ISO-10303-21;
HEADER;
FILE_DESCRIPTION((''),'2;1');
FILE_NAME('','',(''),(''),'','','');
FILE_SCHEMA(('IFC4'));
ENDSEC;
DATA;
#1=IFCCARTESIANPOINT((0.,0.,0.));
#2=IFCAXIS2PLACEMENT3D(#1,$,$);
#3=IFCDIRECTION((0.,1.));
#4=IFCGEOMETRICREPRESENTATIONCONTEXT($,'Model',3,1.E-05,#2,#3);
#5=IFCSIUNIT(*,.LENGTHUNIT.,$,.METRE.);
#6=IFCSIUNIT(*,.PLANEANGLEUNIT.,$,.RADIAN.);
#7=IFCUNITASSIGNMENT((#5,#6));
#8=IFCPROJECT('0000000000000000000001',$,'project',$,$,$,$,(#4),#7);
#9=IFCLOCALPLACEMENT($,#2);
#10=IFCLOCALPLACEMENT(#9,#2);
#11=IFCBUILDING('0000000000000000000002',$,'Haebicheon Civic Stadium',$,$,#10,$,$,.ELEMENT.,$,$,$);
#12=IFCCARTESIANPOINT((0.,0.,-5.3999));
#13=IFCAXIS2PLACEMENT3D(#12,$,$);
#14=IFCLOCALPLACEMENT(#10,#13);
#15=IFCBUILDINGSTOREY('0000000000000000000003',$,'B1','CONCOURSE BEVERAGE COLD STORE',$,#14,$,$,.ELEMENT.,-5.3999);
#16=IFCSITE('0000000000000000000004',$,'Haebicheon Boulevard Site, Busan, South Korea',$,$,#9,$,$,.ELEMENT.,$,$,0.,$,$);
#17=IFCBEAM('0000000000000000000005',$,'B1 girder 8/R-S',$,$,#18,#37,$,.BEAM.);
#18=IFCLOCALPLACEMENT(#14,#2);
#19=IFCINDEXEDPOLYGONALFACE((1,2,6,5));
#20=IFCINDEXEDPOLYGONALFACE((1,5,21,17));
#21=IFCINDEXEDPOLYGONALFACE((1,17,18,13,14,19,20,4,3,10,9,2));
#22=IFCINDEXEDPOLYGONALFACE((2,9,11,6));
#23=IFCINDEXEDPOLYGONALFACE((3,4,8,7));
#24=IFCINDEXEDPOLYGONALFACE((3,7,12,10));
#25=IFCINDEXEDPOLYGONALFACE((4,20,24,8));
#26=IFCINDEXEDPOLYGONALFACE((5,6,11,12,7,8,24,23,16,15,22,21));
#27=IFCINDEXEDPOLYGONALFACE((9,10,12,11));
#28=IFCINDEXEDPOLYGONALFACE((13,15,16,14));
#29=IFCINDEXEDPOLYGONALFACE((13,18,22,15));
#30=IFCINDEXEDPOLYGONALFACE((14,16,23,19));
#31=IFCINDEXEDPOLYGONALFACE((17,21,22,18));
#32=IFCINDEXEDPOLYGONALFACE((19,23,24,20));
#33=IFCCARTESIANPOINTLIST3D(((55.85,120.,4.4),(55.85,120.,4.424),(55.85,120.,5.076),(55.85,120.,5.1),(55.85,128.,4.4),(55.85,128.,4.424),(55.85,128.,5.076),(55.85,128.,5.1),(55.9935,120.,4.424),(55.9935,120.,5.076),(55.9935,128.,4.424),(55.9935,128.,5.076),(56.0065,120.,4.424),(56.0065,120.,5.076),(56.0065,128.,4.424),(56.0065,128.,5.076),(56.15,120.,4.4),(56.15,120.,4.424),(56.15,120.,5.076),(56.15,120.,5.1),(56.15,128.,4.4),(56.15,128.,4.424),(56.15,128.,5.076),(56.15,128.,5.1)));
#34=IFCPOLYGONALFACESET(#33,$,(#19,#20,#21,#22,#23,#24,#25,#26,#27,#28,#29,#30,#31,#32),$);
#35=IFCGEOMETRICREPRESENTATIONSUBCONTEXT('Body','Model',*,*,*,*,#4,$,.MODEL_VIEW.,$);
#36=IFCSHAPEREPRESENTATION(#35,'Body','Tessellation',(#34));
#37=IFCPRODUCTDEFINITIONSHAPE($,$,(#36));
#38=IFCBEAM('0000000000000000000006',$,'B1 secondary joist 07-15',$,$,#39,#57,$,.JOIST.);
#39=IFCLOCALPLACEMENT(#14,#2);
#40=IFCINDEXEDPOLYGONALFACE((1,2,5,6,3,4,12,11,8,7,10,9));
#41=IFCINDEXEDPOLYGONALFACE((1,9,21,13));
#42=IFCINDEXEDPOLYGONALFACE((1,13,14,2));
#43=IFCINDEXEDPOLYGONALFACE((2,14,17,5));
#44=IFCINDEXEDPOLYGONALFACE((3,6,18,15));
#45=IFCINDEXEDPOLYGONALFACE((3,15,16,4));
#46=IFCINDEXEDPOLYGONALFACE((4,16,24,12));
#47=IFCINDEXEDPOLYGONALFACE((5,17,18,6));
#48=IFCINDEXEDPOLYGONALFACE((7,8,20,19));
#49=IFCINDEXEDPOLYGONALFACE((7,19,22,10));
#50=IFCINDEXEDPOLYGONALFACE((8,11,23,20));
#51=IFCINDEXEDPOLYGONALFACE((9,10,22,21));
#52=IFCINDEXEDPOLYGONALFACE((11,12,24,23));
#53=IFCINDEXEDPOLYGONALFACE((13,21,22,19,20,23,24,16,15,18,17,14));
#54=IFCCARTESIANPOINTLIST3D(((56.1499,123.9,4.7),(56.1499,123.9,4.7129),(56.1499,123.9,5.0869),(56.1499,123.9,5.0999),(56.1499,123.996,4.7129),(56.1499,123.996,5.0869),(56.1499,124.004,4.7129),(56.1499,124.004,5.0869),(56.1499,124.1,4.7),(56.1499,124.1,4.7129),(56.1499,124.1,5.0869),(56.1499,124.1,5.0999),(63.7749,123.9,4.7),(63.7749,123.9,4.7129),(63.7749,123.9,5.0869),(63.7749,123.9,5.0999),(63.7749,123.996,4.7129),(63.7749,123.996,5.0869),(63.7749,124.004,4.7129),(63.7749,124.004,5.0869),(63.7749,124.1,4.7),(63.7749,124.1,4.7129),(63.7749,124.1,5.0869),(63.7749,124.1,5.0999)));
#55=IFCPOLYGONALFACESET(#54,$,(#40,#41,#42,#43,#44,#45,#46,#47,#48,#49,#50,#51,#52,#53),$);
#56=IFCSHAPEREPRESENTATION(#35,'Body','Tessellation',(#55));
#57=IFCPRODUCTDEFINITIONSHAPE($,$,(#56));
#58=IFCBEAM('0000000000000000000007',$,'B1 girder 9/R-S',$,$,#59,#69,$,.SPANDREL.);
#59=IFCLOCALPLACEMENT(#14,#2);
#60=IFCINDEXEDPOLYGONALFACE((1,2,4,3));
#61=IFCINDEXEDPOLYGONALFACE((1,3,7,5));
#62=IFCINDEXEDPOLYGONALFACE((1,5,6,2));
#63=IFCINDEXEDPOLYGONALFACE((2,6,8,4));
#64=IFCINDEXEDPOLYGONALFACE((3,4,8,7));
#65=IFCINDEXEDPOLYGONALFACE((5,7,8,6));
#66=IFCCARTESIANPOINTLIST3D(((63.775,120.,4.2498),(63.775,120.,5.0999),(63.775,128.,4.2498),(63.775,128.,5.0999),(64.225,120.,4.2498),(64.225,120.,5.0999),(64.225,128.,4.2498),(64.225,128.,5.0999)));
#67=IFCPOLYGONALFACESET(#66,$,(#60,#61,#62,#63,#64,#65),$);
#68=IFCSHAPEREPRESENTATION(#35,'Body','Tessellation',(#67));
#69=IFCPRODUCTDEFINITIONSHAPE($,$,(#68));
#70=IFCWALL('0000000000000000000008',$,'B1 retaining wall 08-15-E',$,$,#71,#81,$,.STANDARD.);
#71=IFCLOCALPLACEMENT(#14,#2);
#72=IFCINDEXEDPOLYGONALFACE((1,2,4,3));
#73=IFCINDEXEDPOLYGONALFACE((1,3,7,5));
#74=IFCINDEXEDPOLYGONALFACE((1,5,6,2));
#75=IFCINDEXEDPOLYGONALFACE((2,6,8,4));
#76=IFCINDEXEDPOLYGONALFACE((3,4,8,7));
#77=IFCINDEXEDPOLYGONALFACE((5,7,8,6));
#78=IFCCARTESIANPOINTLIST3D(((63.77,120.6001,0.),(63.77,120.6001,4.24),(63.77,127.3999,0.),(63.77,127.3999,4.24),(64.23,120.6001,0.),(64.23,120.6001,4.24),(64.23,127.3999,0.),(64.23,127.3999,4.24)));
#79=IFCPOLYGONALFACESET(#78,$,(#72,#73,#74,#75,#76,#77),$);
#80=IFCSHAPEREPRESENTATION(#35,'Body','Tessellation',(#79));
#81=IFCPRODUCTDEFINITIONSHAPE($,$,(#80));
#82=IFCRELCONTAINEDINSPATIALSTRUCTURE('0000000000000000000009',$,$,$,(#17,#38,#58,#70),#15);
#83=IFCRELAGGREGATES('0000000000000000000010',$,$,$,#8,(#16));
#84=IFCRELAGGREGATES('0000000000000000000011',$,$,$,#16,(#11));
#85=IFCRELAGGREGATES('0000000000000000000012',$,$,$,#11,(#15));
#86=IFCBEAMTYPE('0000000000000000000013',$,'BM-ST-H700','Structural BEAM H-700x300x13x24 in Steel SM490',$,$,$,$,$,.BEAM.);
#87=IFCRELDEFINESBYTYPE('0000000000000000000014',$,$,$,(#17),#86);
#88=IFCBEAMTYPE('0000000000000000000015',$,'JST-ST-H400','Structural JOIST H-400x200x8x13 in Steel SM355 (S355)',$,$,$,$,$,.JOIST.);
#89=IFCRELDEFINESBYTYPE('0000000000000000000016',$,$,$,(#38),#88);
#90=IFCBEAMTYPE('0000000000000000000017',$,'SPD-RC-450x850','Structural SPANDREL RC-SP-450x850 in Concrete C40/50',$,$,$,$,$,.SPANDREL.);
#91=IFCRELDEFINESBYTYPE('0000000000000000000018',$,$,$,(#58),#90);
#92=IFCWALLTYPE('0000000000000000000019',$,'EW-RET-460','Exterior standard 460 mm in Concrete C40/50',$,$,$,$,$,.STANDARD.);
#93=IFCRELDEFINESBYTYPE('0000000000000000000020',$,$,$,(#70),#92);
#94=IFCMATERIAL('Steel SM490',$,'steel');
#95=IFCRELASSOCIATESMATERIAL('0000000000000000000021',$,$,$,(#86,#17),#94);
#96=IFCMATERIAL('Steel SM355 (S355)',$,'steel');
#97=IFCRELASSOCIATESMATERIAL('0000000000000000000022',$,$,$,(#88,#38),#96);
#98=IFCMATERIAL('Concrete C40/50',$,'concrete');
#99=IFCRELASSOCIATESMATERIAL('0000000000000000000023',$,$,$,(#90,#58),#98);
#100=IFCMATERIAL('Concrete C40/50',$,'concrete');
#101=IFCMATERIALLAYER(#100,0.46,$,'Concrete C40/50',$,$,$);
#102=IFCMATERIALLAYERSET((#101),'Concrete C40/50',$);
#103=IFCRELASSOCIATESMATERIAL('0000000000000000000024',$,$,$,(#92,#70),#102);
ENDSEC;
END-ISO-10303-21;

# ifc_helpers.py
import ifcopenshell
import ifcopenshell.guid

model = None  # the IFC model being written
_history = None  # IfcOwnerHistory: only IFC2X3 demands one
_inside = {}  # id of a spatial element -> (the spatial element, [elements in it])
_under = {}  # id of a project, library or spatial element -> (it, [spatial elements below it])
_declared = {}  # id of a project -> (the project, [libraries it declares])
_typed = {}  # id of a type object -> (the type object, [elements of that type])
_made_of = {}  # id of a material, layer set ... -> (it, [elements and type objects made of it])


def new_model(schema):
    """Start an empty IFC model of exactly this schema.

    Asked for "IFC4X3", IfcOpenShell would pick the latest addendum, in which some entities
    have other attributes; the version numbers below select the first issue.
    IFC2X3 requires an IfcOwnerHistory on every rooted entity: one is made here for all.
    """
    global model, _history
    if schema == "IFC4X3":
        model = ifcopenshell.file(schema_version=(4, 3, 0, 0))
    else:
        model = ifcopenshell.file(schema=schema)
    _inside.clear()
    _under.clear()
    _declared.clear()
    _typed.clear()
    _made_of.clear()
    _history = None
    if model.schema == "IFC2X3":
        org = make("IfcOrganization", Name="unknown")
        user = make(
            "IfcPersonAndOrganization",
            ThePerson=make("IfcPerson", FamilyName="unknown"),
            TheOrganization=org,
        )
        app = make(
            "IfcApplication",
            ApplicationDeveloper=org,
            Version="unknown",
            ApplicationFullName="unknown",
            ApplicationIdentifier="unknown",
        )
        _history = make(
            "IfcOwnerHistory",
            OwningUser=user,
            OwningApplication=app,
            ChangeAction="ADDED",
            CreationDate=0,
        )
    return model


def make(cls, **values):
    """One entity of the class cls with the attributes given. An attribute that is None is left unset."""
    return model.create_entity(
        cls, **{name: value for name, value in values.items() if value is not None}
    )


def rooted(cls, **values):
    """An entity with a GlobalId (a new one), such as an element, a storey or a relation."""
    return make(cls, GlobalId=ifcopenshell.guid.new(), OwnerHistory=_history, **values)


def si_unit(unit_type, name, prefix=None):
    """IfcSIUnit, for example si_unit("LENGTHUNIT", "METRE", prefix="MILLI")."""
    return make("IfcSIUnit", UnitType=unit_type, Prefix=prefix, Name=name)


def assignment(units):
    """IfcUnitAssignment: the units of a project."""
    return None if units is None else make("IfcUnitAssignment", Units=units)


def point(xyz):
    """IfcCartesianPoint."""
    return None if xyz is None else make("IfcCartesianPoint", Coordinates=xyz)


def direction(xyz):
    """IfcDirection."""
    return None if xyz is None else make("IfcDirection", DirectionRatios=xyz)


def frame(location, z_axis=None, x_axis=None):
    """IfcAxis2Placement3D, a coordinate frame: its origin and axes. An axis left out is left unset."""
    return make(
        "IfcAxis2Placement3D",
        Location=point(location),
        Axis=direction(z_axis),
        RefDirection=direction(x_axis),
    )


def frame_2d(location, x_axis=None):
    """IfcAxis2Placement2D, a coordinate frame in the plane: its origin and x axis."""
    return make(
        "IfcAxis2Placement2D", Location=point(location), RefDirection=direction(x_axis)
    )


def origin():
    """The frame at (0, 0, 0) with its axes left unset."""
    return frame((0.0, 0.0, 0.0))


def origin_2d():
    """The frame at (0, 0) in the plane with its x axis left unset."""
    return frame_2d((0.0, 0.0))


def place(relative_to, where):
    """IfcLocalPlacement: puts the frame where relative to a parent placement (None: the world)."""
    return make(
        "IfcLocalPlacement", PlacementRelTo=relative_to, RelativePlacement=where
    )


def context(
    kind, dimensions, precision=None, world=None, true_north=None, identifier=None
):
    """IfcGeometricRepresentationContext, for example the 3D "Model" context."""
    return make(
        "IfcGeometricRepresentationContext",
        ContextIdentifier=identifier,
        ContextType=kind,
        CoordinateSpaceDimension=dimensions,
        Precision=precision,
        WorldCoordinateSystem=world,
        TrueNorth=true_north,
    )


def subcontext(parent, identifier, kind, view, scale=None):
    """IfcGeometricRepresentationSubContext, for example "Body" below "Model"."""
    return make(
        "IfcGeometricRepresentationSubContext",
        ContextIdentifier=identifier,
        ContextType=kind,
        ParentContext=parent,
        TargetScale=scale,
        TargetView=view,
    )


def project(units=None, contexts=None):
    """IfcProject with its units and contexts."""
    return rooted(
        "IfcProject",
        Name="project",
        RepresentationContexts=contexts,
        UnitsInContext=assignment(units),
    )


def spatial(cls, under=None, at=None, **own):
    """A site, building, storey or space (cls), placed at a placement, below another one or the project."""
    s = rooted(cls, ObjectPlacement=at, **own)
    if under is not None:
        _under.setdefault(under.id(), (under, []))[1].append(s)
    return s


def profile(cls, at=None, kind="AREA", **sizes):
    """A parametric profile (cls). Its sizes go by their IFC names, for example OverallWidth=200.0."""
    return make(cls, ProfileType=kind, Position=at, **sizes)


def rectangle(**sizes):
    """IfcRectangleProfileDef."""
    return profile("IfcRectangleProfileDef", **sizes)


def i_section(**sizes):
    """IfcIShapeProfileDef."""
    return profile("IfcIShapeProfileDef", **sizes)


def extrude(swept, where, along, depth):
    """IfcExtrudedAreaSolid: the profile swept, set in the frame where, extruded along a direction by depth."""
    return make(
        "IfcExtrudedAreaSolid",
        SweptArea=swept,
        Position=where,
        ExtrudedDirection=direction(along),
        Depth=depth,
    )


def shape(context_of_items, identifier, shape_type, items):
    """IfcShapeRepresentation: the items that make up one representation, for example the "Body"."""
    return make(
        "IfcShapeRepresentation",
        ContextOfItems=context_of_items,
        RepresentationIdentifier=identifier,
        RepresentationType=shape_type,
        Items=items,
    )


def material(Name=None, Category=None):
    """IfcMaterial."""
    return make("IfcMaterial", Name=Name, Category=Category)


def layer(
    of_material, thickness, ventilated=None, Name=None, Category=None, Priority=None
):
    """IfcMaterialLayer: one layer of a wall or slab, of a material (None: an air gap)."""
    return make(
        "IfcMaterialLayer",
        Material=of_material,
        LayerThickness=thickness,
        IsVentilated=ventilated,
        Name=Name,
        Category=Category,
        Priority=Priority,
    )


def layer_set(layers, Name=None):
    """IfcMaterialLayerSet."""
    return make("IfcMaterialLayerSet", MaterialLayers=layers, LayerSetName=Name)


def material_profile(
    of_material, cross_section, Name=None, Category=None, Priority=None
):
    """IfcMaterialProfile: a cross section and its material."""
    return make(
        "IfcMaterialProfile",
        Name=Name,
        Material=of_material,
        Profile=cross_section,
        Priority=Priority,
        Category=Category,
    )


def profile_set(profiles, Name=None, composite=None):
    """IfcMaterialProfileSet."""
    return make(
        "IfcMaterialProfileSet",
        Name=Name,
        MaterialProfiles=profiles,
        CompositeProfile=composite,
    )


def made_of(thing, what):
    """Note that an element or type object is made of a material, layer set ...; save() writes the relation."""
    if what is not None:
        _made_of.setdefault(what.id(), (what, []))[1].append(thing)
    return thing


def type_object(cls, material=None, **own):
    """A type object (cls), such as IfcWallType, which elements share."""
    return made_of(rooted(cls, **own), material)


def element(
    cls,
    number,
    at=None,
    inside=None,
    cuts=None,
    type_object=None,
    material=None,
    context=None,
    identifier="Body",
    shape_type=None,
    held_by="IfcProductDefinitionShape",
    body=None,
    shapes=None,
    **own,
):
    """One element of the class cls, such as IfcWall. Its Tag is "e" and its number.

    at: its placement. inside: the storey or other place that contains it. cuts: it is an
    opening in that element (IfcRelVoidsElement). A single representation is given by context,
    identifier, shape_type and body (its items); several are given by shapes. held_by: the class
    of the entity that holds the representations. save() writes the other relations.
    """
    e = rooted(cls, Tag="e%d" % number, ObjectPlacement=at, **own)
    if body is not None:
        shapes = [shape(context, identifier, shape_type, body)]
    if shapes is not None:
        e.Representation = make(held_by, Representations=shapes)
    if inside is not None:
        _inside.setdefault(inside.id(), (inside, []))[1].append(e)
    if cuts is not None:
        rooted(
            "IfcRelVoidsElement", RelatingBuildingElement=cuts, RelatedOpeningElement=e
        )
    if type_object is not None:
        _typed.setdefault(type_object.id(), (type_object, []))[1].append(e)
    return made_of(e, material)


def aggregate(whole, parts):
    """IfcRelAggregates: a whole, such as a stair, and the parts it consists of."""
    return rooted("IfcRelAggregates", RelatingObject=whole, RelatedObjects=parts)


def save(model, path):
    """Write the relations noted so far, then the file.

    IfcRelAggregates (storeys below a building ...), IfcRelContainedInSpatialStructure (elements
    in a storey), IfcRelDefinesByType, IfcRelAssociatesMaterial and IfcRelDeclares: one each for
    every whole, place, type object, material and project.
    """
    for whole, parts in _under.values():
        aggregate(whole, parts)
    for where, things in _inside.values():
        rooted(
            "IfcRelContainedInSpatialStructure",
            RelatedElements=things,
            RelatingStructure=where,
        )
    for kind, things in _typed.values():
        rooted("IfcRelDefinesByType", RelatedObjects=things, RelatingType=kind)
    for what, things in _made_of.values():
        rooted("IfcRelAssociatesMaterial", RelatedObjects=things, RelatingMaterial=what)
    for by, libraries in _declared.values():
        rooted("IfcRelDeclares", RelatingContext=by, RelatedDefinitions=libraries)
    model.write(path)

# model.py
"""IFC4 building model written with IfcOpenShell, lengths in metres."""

from ifc_helpers import new_model, si_unit, direction, frame, frame_2d, origin, origin_2d, place, context, subcontext, project, spatial, rectangle, i_section, extrude, material, layer, layer_set, material_profile, profile_set, type_object, element, save


model = new_model("IFC4")

# Units and contexts
model_context = context("Model", 3, precision=1e-05, world=origin(), true_north=direction((0.0, 1.0)))
body_context = subcontext(model_context, "Body", "Model", "MODEL_VIEW")
ifc_project = project(units=[si_unit("LENGTHUNIT", "METRE"), si_unit("PLANEANGLEUNIT", "RADIAN")], contexts=[model_context])

# Site, building, storey
site_placement = place(None, origin())
site = spatial("IfcSite", under=ifc_project, at=site_placement, Name="Haebicheon Boulevard Site, Busan, South Korea", CompositionType="ELEMENT", RefElevation=0.0)
building_placement = place(site_placement, origin())
building = spatial("IfcBuilding", under=site, at=building_placement, Name="Haebicheon Civic Stadium", CompositionType="ELEMENT")
storey_placement = place(building_placement, frame((0.0, 0.0, -5.3999)))
storey = spatial("IfcBuildingStorey", under=building, at=storey_placement, Name="B1", Description="CONCOURSE BEVERAGE COLD STORE", CompositionType="ELEMENT", Elevation=-5.3999)

# Beams
ifc_material_1 = material(Name="Steel SM490", Category="steel")
ifc_material_profile_1 = material_profile(ifc_material_1, i_section(OverallWidth=0.3, OverallDepth=0.7, WebThickness=0.0129, FlangeThickness=0.0239, at=origin_2d()), Name="H-700x300x13x24")
ifc_profile_set_1 = profile_set([ifc_material_profile_1], Name="Steel SM490")
beam_type_1 = type_object("IfcBeamType", Name="BM-ST-H700", Description="Structural BEAM H-700x300x13x24 in Steel SM490", PredefinedType="BEAM", material=ifc_profile_set_1)
beam_1_placement = place(storey_placement, frame((56.0, 120.0, 4.75), z_axis=(0.0, 1.0, 0.0), x_axis=(-1.0, 0.0, 0.0)))
element("IfcBeam", 1, at=beam_1_placement, inside=storey, type_object=beam_type_1, material=ifc_profile_set_1, Name="B1 girder 8/R-S", PredefinedType="BEAM", context=body_context, shape_type="SweptSolid", body=[
    extrude(i_section(OverallWidth=0.3, OverallDepth=0.7, WebThickness=0.0129, FlangeThickness=0.0239, at=origin_2d()), origin(), (0.0, 0.0, 1.0), 8.0),
])
ifc_material_2 = material(Name="Steel SM355 (S355)", Category="steel")
ifc_material_profile_2 = material_profile(ifc_material_2, i_section(OverallWidth=0.2, OverallDepth=0.3999, WebThickness=0.0081, FlangeThickness=0.0129, at=origin_2d()), Name="H-400x200x8x13")
ifc_profile_set_2 = profile_set([ifc_material_profile_2], Name="Steel SM355 (S355)")
beam_type_2 = type_object("IfcBeamType", Name="JST-ST-H400", Description="Structural JOIST H-400x200x8x13 in Steel SM355 (S355)", PredefinedType="JOIST", material=ifc_profile_set_2)
beam_2_placement = place(storey_placement, frame((56.1499, 124.0, 4.8999), z_axis=(1.0, 0.0, 0.0), x_axis=(0.0, 1.0, 0.0)))
element("IfcBeam", 2, at=beam_2_placement, inside=storey, type_object=beam_type_2, material=ifc_profile_set_2, Name="B1 secondary joist 07-15", PredefinedType="JOIST", context=body_context, shape_type="SweptSolid", body=[
    extrude(i_section(OverallWidth=0.2, OverallDepth=0.3999, WebThickness=0.0081, FlangeThickness=0.0129, at=origin_2d()), origin(), (0.0, 0.0, 1.0), 7.625),
])
ifc_material_3 = material(Name="Concrete C40/50", Category="concrete")
ifc_material_profile_3 = material_profile(ifc_material_3, rectangle(XDim=0.45, YDim=0.8501, at=origin_2d()), Name="RC-SP-450x850")
ifc_profile_set_3 = profile_set([ifc_material_profile_3], Name="Concrete C40/50")
beam_type_3 = type_object("IfcBeamType", Name="SPD-RC-450x850", Description="Structural SPANDREL RC-SP-450x850 in Concrete C40/50", PredefinedType="SPANDREL", material=ifc_profile_set_3)
beam_3_placement = place(storey_placement, frame((64.0, 120.0, 4.6748), z_axis=(0.0, 1.0, 0.0), x_axis=(-1.0, 0.0, 0.0)))
element("IfcBeam", 3, at=beam_3_placement, inside=storey, type_object=beam_type_3, material=ifc_profile_set_3, Name="B1 girder 9/R-S", PredefinedType="SPANDREL", context=body_context, shape_type="SweptSolid", body=[
    extrude(rectangle(XDim=0.45, YDim=0.8501, at=origin_2d()), origin(), (0.0, 0.0, 1.0), 8.0),
])

# Wall
ifc_material_4 = material(Name="Concrete C40/50", Category="concrete")
ifc_layer_1 = layer(ifc_material_4, 0.46, Name="Concrete C40/50")
ifc_layer_set_1 = layer_set([ifc_layer_1], Name="Concrete C40/50")
wall_type = type_object("IfcWallType", Name="EW-RET-460", Description="Exterior standard 460 mm in Concrete C40/50", PredefinedType="STANDARD", material=ifc_layer_set_1)
wall_placement = place(storey_placement, frame((64.0, 120.6001, 0.0), z_axis=(0.0, 0.0, 1.0), x_axis=(0.0, 1.0, 0.0)))
element("IfcWall", 4, at=wall_placement, inside=storey, type_object=wall_type, material=ifc_layer_set_1, Name="B1 retaining wall 08-15-E", PredefinedType="STANDARD", context=body_context, shape_type="SweptSolid", body=[
    extrude(rectangle(XDim=6.7998, YDim=0.46, at=frame_2d((3.3999, 0.0))), origin(), (0.0, 0.0, 1.0), 4.24),
])

save(model, "model.ifc")
